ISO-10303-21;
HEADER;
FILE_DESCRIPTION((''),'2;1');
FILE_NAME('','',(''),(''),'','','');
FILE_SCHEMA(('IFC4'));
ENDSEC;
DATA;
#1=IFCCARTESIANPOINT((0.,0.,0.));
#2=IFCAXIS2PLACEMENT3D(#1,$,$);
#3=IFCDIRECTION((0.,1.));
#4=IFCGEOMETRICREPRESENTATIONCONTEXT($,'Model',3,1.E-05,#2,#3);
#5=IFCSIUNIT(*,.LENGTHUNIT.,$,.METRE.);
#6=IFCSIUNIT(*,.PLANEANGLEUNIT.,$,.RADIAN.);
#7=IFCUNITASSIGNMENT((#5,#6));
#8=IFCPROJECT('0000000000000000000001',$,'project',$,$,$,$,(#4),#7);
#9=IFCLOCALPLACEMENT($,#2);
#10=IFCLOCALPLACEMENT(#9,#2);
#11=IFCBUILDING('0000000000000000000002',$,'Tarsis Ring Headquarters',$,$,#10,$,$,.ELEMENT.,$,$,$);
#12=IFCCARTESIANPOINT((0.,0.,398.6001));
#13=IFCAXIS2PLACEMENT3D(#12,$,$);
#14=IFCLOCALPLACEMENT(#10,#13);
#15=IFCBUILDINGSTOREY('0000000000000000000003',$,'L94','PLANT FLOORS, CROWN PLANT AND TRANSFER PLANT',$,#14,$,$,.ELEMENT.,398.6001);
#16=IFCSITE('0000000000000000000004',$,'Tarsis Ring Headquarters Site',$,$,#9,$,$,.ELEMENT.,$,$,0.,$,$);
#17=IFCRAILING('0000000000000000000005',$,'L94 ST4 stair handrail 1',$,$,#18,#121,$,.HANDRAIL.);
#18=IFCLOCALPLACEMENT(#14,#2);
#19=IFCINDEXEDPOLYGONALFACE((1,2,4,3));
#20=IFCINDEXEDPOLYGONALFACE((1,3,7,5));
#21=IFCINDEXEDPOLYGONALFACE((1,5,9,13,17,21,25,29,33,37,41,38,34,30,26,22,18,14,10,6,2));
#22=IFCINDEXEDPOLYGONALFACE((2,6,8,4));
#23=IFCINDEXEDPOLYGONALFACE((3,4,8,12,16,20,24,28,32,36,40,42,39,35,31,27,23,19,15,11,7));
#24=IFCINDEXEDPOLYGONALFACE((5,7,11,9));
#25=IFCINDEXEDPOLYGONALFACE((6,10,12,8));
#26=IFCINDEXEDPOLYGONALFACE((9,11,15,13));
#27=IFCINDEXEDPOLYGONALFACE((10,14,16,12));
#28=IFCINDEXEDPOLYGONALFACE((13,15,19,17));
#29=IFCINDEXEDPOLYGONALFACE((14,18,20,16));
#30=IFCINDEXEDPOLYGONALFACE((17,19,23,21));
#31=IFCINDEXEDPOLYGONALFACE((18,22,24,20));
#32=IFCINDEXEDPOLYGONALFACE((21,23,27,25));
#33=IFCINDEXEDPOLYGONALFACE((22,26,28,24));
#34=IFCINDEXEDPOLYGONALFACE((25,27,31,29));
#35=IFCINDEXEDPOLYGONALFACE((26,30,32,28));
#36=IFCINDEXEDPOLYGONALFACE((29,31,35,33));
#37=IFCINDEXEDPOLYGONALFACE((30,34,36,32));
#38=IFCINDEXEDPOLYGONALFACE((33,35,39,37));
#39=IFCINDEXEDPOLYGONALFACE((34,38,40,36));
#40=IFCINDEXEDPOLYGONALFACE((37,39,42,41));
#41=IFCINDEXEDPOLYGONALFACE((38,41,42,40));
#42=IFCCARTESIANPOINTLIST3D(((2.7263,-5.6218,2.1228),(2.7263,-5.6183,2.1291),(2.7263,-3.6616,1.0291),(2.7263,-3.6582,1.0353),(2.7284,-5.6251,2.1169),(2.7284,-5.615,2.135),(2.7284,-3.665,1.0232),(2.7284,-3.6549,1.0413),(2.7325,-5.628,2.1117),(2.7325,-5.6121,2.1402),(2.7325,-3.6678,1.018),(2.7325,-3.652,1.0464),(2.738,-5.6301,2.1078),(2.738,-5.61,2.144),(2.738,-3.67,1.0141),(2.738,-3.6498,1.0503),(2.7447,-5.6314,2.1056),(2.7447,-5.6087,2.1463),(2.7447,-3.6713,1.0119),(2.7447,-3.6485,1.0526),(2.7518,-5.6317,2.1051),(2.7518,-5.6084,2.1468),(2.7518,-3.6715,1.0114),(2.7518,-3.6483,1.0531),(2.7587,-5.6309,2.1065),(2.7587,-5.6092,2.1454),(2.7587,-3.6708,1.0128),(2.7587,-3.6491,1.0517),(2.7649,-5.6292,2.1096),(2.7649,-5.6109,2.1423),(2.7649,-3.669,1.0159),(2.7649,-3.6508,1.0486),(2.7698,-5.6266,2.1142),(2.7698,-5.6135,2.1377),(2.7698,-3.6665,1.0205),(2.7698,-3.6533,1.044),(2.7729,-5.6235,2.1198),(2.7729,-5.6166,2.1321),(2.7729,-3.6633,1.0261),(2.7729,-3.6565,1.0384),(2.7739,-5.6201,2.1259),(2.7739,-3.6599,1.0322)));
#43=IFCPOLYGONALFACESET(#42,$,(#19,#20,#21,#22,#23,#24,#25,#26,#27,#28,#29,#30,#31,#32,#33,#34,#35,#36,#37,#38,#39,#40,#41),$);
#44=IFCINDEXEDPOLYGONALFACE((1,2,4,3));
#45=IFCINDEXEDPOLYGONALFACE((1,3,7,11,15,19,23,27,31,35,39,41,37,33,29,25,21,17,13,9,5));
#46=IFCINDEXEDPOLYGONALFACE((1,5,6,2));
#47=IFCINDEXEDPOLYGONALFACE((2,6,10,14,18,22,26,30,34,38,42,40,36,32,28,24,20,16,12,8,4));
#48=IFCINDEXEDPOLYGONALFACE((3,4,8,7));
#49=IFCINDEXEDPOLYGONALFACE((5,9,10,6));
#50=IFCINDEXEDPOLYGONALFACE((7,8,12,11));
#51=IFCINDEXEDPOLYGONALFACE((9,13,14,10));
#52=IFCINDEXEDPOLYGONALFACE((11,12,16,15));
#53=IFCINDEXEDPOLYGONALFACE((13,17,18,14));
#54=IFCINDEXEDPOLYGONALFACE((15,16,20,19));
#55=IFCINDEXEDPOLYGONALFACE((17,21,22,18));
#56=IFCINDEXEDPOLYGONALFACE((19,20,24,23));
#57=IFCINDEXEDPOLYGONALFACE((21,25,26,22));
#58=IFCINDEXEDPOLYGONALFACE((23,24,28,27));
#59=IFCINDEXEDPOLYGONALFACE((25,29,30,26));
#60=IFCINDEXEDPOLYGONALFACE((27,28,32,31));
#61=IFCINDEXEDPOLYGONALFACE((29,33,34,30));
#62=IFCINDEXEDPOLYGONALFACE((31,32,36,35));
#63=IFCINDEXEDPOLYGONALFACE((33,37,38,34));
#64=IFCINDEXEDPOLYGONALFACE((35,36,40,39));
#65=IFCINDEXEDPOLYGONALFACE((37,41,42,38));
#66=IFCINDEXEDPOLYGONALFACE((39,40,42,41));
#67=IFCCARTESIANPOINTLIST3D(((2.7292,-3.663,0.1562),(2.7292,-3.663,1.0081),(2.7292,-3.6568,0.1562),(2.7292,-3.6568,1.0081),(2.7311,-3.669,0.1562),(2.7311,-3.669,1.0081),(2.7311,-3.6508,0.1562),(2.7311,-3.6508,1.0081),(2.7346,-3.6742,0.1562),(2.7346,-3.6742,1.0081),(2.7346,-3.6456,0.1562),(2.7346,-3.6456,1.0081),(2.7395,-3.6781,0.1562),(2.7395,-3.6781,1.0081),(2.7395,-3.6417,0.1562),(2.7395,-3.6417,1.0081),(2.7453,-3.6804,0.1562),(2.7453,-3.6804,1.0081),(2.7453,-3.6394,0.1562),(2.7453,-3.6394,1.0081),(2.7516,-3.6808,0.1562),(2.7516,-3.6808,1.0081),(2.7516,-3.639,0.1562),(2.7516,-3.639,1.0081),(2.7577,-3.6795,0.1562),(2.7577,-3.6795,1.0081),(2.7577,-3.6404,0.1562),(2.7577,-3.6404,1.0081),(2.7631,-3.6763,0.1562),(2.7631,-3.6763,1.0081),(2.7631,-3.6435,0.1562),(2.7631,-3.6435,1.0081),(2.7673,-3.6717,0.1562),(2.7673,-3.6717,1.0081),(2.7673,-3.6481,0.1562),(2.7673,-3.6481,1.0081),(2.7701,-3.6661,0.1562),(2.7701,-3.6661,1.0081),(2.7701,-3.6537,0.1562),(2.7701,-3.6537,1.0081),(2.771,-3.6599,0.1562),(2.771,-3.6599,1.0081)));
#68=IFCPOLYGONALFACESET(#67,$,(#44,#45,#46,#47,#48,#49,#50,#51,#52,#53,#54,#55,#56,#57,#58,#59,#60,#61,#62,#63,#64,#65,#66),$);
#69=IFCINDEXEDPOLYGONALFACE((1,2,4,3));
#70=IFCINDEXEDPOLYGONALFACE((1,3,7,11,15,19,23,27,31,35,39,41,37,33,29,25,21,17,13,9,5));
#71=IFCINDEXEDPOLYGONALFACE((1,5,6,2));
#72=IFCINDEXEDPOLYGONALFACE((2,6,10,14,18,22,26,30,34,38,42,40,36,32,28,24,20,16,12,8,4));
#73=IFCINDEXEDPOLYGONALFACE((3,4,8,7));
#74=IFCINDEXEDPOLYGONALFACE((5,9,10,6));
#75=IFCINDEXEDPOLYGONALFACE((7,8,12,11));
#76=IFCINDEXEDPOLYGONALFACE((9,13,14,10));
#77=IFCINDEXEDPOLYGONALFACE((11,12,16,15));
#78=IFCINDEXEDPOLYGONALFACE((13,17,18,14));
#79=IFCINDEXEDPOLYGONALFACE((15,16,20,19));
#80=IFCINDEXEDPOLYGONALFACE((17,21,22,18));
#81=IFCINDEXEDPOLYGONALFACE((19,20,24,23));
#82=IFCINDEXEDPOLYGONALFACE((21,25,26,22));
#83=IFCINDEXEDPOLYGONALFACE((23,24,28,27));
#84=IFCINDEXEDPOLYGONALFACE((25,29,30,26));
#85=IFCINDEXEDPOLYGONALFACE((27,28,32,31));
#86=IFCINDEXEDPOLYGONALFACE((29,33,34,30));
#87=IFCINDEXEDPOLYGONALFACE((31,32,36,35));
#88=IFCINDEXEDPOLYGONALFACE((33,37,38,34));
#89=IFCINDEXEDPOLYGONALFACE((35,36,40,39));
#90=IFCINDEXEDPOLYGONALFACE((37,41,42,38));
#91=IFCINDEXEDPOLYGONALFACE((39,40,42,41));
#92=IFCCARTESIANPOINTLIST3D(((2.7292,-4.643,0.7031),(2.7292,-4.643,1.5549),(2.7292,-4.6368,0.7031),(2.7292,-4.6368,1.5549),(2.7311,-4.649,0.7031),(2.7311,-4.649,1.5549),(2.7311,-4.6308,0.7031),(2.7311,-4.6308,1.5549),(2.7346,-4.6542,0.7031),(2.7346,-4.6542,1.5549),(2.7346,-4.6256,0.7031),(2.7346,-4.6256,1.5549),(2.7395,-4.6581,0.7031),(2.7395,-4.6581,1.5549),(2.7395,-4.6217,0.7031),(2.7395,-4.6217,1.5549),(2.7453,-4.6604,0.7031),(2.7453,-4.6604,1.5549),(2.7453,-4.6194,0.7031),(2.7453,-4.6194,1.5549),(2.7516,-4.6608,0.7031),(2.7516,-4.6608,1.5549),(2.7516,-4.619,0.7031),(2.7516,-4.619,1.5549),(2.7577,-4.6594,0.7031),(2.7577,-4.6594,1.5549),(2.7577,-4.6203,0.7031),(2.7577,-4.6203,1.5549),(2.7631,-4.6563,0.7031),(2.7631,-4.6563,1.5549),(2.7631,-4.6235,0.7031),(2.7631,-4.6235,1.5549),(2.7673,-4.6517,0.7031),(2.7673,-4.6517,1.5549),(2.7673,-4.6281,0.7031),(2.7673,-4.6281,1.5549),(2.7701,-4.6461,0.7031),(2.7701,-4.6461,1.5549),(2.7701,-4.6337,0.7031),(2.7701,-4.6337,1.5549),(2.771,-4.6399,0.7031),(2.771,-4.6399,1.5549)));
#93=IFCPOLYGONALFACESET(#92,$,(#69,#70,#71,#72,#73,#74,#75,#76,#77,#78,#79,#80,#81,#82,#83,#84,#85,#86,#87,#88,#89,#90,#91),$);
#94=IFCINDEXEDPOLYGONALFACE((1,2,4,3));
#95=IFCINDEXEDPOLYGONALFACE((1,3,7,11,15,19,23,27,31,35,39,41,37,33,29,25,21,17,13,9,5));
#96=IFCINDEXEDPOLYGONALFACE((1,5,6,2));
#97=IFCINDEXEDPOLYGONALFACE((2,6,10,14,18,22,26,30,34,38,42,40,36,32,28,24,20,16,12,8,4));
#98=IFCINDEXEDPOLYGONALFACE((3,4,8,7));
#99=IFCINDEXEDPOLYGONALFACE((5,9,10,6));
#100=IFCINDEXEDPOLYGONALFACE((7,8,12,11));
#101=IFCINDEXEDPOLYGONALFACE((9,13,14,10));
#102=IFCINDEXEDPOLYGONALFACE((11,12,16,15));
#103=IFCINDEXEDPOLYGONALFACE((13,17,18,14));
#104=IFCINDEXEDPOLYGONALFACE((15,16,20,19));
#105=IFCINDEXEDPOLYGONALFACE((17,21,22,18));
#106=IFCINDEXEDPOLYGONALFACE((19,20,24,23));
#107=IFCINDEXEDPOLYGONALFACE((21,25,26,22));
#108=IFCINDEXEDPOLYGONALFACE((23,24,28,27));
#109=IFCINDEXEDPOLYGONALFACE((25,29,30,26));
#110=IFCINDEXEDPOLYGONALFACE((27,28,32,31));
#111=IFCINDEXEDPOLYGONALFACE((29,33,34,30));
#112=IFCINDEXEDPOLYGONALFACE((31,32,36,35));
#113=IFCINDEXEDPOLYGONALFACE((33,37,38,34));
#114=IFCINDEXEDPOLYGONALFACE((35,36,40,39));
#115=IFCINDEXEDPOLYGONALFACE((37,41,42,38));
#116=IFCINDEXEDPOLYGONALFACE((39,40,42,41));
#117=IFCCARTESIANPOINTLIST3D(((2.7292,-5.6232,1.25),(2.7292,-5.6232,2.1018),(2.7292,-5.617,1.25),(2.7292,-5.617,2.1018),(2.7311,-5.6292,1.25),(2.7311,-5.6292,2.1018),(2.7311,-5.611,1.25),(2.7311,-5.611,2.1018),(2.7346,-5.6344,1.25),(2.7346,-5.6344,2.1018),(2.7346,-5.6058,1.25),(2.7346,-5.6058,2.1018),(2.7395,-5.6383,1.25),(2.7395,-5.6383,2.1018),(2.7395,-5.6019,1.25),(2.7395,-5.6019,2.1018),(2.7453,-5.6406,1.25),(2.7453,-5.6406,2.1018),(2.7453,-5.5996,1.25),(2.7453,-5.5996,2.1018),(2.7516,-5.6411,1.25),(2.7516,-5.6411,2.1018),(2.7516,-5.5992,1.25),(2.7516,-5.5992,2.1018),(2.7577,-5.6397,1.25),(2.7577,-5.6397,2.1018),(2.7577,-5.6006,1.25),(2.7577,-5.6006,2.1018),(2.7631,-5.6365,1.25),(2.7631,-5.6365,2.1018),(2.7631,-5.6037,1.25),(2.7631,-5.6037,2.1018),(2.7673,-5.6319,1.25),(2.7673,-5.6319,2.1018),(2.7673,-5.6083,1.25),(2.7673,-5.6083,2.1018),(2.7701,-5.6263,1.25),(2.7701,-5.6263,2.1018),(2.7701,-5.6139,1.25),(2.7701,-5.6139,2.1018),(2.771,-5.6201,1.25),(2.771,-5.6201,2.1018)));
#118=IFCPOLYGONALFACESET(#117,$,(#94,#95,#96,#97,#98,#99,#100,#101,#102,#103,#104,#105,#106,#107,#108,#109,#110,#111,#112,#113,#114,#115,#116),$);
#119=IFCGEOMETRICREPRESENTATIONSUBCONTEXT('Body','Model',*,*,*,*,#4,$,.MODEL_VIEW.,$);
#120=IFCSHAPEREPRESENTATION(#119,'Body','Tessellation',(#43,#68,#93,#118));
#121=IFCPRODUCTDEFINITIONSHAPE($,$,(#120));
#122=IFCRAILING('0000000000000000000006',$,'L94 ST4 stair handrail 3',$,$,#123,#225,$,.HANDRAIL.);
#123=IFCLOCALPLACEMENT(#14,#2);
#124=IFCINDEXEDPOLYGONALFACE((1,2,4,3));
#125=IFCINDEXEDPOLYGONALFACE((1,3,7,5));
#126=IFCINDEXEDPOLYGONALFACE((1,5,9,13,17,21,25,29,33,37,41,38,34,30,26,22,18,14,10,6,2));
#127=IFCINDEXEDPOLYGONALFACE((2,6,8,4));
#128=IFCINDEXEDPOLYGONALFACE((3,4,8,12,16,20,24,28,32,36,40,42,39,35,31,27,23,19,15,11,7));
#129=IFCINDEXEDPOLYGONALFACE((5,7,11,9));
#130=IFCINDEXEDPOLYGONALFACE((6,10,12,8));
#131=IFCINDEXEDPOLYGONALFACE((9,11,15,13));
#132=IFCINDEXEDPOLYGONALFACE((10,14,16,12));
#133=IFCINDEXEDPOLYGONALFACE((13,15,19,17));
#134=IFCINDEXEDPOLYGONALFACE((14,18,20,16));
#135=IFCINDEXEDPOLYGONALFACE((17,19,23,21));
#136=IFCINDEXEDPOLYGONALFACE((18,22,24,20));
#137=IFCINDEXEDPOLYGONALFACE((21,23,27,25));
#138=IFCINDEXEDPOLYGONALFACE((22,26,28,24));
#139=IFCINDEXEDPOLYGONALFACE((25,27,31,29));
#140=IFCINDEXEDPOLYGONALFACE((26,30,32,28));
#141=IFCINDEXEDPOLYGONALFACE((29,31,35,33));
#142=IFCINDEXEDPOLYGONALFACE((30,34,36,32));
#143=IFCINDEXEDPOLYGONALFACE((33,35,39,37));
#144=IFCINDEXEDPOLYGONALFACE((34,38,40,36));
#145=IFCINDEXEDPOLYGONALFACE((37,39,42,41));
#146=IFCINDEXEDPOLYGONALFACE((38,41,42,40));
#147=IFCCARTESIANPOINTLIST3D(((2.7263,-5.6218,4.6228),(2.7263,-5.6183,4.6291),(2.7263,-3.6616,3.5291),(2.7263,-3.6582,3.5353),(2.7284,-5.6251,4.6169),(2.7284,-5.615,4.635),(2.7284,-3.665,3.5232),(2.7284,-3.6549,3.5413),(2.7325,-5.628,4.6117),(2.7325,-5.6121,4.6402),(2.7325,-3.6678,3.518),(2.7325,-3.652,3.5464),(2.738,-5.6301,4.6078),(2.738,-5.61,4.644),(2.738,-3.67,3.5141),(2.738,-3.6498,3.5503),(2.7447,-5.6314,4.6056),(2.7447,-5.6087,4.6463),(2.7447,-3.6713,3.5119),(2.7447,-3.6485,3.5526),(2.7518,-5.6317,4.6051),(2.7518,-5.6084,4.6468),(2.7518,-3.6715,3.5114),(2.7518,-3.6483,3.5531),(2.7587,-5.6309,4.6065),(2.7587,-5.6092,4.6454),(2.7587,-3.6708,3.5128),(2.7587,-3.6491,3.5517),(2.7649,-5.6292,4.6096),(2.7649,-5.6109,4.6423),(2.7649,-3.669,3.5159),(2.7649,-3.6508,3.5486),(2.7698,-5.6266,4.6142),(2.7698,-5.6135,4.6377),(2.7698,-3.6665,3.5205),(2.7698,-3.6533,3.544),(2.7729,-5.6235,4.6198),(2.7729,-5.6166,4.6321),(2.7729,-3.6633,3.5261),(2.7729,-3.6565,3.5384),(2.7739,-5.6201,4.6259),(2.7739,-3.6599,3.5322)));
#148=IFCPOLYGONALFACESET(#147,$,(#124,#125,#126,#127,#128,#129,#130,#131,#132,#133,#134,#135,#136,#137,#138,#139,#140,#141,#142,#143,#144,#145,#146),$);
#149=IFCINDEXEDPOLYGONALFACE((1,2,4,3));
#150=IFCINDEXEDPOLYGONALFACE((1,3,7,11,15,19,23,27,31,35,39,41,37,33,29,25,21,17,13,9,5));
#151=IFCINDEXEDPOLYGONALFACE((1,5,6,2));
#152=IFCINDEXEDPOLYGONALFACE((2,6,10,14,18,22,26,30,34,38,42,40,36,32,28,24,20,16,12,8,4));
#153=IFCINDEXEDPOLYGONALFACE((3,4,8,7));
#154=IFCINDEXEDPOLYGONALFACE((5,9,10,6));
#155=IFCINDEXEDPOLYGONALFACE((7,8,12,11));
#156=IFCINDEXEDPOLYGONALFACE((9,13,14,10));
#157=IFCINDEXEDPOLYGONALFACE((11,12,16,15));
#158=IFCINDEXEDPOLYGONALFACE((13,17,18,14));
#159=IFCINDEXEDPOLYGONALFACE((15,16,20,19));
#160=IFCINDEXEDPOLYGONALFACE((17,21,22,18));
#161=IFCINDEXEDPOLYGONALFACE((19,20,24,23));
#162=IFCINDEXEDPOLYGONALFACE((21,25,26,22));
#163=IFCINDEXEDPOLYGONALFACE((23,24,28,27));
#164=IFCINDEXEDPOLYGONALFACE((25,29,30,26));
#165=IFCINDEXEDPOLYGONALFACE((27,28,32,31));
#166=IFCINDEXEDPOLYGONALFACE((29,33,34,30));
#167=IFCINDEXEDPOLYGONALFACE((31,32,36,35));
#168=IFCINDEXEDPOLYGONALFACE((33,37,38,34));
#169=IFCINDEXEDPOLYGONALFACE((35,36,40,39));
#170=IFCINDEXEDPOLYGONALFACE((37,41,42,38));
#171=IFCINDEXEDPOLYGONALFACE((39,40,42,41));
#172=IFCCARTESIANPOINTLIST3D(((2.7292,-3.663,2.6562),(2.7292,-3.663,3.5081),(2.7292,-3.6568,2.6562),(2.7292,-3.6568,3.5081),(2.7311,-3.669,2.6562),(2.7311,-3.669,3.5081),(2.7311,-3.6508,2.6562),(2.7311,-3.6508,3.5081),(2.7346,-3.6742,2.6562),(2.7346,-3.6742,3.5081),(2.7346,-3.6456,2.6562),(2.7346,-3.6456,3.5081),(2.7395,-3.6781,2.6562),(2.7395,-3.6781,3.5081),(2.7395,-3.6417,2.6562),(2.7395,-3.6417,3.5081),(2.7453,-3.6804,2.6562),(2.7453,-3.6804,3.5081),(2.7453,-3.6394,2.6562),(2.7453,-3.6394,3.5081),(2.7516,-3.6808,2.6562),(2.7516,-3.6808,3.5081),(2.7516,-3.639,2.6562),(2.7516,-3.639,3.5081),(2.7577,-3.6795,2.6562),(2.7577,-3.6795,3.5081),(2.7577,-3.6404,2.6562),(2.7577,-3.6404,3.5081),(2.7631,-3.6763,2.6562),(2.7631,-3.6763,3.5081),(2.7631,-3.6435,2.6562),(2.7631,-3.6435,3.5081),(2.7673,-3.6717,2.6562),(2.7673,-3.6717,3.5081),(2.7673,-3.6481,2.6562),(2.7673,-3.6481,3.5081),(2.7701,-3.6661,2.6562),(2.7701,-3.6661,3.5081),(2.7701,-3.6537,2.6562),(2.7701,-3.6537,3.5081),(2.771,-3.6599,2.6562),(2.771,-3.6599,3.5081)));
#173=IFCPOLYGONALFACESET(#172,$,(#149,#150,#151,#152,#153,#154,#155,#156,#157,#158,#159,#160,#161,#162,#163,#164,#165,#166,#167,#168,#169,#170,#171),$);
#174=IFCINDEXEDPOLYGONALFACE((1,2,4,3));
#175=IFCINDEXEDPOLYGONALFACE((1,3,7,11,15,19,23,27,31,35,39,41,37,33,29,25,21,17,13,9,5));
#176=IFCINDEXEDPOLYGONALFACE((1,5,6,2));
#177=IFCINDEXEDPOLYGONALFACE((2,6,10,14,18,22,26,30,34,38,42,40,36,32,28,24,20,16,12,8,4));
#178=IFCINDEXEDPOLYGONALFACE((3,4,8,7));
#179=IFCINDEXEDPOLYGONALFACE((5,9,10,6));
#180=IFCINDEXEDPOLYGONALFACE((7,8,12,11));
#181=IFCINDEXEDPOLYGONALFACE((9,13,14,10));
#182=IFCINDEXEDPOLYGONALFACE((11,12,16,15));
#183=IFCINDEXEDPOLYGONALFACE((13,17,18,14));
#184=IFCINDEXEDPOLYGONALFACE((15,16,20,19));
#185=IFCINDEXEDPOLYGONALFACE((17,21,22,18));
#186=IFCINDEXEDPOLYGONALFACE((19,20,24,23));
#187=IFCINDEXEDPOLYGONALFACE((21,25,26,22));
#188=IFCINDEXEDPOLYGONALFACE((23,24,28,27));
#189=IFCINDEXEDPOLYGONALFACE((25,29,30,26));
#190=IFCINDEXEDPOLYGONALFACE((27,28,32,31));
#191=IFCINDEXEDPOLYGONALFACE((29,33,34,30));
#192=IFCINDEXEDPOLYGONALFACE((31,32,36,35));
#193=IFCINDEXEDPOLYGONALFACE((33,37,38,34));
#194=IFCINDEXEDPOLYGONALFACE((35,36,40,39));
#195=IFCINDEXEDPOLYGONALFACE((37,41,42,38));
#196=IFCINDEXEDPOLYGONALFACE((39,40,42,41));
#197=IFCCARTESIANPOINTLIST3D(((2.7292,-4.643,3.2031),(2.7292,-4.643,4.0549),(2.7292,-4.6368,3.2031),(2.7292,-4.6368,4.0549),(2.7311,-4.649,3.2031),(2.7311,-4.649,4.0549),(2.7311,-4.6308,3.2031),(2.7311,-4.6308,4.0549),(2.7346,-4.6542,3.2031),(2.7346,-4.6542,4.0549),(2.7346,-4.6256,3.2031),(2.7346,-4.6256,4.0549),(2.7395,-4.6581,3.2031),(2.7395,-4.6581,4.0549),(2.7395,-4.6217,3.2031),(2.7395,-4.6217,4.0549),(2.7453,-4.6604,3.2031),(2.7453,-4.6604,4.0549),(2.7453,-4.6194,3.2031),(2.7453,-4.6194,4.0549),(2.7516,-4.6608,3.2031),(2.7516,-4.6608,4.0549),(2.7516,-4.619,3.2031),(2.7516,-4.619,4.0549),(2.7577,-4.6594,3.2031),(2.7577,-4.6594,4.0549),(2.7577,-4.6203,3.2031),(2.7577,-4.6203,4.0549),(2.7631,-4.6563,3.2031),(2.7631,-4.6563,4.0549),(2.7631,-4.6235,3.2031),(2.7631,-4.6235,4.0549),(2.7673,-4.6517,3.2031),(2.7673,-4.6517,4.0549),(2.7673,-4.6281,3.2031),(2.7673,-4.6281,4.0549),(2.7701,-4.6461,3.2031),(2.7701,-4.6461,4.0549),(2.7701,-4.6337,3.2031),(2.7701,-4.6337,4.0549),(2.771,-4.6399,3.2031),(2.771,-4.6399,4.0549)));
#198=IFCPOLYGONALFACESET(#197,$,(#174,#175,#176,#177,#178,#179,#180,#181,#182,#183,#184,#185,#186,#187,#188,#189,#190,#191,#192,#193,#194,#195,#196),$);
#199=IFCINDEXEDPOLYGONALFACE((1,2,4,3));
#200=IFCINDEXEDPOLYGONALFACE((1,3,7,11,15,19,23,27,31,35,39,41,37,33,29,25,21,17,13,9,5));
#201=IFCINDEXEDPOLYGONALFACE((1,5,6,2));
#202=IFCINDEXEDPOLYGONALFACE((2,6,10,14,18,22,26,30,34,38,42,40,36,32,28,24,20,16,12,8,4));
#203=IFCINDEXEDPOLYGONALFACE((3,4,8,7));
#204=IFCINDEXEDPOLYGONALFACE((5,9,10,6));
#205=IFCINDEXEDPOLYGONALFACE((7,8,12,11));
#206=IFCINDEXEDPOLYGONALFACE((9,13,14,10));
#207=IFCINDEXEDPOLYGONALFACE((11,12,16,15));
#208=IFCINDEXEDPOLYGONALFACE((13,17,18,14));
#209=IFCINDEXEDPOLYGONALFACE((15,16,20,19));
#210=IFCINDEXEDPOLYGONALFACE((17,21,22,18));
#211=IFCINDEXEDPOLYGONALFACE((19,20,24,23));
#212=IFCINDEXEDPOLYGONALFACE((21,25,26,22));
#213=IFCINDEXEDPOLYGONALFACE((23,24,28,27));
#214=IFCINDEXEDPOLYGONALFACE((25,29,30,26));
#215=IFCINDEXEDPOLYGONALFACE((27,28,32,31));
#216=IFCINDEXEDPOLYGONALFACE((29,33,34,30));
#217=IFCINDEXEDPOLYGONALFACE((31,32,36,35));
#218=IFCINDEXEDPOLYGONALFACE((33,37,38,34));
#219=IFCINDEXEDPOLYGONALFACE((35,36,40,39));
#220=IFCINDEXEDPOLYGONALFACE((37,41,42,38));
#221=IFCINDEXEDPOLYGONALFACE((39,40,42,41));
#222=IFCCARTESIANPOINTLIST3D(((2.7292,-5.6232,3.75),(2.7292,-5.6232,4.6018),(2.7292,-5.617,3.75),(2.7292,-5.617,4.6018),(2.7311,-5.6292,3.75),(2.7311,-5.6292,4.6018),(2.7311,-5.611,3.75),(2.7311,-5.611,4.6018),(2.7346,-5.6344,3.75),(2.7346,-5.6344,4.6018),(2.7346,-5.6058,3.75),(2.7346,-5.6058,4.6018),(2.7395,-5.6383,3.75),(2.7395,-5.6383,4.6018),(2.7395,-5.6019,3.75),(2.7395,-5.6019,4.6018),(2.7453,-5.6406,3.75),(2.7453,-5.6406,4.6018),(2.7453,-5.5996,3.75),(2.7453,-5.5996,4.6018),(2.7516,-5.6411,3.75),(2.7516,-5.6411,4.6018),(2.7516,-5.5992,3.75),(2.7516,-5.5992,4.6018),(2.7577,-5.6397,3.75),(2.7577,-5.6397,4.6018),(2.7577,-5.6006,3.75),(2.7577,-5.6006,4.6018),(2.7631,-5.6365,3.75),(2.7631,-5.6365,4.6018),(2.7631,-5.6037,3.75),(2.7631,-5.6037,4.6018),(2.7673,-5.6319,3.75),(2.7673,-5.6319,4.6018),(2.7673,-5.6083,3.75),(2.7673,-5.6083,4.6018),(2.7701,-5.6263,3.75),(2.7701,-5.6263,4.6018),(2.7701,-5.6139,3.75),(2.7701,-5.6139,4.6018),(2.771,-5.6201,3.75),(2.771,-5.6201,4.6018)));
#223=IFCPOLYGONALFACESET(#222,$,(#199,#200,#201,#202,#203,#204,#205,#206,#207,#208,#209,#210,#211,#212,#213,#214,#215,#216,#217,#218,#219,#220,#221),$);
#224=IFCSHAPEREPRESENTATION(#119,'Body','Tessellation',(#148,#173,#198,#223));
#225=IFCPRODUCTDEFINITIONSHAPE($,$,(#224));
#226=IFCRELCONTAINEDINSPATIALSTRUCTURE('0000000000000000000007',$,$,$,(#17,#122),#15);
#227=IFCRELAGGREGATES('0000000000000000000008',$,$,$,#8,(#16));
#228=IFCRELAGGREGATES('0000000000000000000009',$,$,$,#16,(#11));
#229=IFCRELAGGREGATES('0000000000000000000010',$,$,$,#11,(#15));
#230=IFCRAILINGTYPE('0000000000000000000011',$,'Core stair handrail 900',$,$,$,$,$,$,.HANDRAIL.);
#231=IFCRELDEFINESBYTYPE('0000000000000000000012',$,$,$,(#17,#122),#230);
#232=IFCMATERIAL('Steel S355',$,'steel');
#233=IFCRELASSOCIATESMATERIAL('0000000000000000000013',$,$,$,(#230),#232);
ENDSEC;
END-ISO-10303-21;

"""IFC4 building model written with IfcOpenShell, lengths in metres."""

from ifc_helpers import new_model, si_unit, direction, frame, origin, origin_2d, place, context, subcontext, project, spatial, circle, extrude, material, type_object, element, save


model = new_model("IFC4")

# Units and contexts
model_context = context("Model", 3, precision=1e-05, world=origin(), true_north=direction((0.0, 1.0)))
body_context = subcontext(model_context, "Body", "Model", "MODEL_VIEW")
ifc_project = project(units=[si_unit("LENGTHUNIT", "METRE"), si_unit("PLANEANGLEUNIT", "RADIAN")], contexts=[model_context])

# Site, building, storey
site_placement = place(None, origin())
site = spatial("IfcSite", under=ifc_project, at=site_placement, Name="Tarsis Ring Headquarters Site", CompositionType="ELEMENT", RefElevation=0.0)
building_placement = place(site_placement, origin())
building = spatial("IfcBuilding", under=site, at=building_placement, Name="Tarsis Ring Headquarters", CompositionType="ELEMENT")
storey_placement = place(building_placement, frame((0.0, 0.0, 398.6001)))
storey = spatial("IfcBuildingStorey", under=building, at=storey_placement, Name="L94", Description="PLANT FLOORS, CROWN PLANT AND TRANSFER PLANT", CompositionType="ELEMENT", Elevation=398.6001)

# Railings
ifc_material_1 = material(Name="Steel S355", Category="steel")
railing_type_1 = type_object("IfcRailingType", Name="Core stair handrail 900", PredefinedType="HANDRAIL", material=ifc_material_1)
for number, where, name in (
    (1, (2.75, -3.6599, 0.1562), "L94 ST4 stair handrail 1"),
    (2, (2.75, -3.6599, 2.6562), "L94 ST4 stair handrail 3"),
):
    element("IfcRailing", number, at=place(storey_placement, frame(where)), inside=storey, type_object=railing_type_1, Name=name, PredefinedType="HANDRAIL", context=body_context, shape_type="SweptSolid", body=[
        extrude(circle(Radius=0.0239, at=origin_2d()), frame((0.0, 0.0, 0.876), z_axis=(0.0, -0.873258, 0.487258), x_axis=(1.0, 0.0, 0.0)), (0.0, 0.0, 1.0), 2.2446),
        extrude(circle(Radius=0.021, at=origin_2d()), origin(), (0.0, 0.0, 1.0), 0.8518),
        extrude(circle(Radius=0.021, at=origin_2d()), frame((0.0, -0.98, 0.5469)), (0.0, 0.0, 1.0), 0.8518),
        extrude(circle(Radius=0.021, at=origin_2d()), frame((0.0, -1.9602, 1.0938)), (0.0, 0.0, 1.0), 0.8518),
    ])

save(model, "model.ifc")
